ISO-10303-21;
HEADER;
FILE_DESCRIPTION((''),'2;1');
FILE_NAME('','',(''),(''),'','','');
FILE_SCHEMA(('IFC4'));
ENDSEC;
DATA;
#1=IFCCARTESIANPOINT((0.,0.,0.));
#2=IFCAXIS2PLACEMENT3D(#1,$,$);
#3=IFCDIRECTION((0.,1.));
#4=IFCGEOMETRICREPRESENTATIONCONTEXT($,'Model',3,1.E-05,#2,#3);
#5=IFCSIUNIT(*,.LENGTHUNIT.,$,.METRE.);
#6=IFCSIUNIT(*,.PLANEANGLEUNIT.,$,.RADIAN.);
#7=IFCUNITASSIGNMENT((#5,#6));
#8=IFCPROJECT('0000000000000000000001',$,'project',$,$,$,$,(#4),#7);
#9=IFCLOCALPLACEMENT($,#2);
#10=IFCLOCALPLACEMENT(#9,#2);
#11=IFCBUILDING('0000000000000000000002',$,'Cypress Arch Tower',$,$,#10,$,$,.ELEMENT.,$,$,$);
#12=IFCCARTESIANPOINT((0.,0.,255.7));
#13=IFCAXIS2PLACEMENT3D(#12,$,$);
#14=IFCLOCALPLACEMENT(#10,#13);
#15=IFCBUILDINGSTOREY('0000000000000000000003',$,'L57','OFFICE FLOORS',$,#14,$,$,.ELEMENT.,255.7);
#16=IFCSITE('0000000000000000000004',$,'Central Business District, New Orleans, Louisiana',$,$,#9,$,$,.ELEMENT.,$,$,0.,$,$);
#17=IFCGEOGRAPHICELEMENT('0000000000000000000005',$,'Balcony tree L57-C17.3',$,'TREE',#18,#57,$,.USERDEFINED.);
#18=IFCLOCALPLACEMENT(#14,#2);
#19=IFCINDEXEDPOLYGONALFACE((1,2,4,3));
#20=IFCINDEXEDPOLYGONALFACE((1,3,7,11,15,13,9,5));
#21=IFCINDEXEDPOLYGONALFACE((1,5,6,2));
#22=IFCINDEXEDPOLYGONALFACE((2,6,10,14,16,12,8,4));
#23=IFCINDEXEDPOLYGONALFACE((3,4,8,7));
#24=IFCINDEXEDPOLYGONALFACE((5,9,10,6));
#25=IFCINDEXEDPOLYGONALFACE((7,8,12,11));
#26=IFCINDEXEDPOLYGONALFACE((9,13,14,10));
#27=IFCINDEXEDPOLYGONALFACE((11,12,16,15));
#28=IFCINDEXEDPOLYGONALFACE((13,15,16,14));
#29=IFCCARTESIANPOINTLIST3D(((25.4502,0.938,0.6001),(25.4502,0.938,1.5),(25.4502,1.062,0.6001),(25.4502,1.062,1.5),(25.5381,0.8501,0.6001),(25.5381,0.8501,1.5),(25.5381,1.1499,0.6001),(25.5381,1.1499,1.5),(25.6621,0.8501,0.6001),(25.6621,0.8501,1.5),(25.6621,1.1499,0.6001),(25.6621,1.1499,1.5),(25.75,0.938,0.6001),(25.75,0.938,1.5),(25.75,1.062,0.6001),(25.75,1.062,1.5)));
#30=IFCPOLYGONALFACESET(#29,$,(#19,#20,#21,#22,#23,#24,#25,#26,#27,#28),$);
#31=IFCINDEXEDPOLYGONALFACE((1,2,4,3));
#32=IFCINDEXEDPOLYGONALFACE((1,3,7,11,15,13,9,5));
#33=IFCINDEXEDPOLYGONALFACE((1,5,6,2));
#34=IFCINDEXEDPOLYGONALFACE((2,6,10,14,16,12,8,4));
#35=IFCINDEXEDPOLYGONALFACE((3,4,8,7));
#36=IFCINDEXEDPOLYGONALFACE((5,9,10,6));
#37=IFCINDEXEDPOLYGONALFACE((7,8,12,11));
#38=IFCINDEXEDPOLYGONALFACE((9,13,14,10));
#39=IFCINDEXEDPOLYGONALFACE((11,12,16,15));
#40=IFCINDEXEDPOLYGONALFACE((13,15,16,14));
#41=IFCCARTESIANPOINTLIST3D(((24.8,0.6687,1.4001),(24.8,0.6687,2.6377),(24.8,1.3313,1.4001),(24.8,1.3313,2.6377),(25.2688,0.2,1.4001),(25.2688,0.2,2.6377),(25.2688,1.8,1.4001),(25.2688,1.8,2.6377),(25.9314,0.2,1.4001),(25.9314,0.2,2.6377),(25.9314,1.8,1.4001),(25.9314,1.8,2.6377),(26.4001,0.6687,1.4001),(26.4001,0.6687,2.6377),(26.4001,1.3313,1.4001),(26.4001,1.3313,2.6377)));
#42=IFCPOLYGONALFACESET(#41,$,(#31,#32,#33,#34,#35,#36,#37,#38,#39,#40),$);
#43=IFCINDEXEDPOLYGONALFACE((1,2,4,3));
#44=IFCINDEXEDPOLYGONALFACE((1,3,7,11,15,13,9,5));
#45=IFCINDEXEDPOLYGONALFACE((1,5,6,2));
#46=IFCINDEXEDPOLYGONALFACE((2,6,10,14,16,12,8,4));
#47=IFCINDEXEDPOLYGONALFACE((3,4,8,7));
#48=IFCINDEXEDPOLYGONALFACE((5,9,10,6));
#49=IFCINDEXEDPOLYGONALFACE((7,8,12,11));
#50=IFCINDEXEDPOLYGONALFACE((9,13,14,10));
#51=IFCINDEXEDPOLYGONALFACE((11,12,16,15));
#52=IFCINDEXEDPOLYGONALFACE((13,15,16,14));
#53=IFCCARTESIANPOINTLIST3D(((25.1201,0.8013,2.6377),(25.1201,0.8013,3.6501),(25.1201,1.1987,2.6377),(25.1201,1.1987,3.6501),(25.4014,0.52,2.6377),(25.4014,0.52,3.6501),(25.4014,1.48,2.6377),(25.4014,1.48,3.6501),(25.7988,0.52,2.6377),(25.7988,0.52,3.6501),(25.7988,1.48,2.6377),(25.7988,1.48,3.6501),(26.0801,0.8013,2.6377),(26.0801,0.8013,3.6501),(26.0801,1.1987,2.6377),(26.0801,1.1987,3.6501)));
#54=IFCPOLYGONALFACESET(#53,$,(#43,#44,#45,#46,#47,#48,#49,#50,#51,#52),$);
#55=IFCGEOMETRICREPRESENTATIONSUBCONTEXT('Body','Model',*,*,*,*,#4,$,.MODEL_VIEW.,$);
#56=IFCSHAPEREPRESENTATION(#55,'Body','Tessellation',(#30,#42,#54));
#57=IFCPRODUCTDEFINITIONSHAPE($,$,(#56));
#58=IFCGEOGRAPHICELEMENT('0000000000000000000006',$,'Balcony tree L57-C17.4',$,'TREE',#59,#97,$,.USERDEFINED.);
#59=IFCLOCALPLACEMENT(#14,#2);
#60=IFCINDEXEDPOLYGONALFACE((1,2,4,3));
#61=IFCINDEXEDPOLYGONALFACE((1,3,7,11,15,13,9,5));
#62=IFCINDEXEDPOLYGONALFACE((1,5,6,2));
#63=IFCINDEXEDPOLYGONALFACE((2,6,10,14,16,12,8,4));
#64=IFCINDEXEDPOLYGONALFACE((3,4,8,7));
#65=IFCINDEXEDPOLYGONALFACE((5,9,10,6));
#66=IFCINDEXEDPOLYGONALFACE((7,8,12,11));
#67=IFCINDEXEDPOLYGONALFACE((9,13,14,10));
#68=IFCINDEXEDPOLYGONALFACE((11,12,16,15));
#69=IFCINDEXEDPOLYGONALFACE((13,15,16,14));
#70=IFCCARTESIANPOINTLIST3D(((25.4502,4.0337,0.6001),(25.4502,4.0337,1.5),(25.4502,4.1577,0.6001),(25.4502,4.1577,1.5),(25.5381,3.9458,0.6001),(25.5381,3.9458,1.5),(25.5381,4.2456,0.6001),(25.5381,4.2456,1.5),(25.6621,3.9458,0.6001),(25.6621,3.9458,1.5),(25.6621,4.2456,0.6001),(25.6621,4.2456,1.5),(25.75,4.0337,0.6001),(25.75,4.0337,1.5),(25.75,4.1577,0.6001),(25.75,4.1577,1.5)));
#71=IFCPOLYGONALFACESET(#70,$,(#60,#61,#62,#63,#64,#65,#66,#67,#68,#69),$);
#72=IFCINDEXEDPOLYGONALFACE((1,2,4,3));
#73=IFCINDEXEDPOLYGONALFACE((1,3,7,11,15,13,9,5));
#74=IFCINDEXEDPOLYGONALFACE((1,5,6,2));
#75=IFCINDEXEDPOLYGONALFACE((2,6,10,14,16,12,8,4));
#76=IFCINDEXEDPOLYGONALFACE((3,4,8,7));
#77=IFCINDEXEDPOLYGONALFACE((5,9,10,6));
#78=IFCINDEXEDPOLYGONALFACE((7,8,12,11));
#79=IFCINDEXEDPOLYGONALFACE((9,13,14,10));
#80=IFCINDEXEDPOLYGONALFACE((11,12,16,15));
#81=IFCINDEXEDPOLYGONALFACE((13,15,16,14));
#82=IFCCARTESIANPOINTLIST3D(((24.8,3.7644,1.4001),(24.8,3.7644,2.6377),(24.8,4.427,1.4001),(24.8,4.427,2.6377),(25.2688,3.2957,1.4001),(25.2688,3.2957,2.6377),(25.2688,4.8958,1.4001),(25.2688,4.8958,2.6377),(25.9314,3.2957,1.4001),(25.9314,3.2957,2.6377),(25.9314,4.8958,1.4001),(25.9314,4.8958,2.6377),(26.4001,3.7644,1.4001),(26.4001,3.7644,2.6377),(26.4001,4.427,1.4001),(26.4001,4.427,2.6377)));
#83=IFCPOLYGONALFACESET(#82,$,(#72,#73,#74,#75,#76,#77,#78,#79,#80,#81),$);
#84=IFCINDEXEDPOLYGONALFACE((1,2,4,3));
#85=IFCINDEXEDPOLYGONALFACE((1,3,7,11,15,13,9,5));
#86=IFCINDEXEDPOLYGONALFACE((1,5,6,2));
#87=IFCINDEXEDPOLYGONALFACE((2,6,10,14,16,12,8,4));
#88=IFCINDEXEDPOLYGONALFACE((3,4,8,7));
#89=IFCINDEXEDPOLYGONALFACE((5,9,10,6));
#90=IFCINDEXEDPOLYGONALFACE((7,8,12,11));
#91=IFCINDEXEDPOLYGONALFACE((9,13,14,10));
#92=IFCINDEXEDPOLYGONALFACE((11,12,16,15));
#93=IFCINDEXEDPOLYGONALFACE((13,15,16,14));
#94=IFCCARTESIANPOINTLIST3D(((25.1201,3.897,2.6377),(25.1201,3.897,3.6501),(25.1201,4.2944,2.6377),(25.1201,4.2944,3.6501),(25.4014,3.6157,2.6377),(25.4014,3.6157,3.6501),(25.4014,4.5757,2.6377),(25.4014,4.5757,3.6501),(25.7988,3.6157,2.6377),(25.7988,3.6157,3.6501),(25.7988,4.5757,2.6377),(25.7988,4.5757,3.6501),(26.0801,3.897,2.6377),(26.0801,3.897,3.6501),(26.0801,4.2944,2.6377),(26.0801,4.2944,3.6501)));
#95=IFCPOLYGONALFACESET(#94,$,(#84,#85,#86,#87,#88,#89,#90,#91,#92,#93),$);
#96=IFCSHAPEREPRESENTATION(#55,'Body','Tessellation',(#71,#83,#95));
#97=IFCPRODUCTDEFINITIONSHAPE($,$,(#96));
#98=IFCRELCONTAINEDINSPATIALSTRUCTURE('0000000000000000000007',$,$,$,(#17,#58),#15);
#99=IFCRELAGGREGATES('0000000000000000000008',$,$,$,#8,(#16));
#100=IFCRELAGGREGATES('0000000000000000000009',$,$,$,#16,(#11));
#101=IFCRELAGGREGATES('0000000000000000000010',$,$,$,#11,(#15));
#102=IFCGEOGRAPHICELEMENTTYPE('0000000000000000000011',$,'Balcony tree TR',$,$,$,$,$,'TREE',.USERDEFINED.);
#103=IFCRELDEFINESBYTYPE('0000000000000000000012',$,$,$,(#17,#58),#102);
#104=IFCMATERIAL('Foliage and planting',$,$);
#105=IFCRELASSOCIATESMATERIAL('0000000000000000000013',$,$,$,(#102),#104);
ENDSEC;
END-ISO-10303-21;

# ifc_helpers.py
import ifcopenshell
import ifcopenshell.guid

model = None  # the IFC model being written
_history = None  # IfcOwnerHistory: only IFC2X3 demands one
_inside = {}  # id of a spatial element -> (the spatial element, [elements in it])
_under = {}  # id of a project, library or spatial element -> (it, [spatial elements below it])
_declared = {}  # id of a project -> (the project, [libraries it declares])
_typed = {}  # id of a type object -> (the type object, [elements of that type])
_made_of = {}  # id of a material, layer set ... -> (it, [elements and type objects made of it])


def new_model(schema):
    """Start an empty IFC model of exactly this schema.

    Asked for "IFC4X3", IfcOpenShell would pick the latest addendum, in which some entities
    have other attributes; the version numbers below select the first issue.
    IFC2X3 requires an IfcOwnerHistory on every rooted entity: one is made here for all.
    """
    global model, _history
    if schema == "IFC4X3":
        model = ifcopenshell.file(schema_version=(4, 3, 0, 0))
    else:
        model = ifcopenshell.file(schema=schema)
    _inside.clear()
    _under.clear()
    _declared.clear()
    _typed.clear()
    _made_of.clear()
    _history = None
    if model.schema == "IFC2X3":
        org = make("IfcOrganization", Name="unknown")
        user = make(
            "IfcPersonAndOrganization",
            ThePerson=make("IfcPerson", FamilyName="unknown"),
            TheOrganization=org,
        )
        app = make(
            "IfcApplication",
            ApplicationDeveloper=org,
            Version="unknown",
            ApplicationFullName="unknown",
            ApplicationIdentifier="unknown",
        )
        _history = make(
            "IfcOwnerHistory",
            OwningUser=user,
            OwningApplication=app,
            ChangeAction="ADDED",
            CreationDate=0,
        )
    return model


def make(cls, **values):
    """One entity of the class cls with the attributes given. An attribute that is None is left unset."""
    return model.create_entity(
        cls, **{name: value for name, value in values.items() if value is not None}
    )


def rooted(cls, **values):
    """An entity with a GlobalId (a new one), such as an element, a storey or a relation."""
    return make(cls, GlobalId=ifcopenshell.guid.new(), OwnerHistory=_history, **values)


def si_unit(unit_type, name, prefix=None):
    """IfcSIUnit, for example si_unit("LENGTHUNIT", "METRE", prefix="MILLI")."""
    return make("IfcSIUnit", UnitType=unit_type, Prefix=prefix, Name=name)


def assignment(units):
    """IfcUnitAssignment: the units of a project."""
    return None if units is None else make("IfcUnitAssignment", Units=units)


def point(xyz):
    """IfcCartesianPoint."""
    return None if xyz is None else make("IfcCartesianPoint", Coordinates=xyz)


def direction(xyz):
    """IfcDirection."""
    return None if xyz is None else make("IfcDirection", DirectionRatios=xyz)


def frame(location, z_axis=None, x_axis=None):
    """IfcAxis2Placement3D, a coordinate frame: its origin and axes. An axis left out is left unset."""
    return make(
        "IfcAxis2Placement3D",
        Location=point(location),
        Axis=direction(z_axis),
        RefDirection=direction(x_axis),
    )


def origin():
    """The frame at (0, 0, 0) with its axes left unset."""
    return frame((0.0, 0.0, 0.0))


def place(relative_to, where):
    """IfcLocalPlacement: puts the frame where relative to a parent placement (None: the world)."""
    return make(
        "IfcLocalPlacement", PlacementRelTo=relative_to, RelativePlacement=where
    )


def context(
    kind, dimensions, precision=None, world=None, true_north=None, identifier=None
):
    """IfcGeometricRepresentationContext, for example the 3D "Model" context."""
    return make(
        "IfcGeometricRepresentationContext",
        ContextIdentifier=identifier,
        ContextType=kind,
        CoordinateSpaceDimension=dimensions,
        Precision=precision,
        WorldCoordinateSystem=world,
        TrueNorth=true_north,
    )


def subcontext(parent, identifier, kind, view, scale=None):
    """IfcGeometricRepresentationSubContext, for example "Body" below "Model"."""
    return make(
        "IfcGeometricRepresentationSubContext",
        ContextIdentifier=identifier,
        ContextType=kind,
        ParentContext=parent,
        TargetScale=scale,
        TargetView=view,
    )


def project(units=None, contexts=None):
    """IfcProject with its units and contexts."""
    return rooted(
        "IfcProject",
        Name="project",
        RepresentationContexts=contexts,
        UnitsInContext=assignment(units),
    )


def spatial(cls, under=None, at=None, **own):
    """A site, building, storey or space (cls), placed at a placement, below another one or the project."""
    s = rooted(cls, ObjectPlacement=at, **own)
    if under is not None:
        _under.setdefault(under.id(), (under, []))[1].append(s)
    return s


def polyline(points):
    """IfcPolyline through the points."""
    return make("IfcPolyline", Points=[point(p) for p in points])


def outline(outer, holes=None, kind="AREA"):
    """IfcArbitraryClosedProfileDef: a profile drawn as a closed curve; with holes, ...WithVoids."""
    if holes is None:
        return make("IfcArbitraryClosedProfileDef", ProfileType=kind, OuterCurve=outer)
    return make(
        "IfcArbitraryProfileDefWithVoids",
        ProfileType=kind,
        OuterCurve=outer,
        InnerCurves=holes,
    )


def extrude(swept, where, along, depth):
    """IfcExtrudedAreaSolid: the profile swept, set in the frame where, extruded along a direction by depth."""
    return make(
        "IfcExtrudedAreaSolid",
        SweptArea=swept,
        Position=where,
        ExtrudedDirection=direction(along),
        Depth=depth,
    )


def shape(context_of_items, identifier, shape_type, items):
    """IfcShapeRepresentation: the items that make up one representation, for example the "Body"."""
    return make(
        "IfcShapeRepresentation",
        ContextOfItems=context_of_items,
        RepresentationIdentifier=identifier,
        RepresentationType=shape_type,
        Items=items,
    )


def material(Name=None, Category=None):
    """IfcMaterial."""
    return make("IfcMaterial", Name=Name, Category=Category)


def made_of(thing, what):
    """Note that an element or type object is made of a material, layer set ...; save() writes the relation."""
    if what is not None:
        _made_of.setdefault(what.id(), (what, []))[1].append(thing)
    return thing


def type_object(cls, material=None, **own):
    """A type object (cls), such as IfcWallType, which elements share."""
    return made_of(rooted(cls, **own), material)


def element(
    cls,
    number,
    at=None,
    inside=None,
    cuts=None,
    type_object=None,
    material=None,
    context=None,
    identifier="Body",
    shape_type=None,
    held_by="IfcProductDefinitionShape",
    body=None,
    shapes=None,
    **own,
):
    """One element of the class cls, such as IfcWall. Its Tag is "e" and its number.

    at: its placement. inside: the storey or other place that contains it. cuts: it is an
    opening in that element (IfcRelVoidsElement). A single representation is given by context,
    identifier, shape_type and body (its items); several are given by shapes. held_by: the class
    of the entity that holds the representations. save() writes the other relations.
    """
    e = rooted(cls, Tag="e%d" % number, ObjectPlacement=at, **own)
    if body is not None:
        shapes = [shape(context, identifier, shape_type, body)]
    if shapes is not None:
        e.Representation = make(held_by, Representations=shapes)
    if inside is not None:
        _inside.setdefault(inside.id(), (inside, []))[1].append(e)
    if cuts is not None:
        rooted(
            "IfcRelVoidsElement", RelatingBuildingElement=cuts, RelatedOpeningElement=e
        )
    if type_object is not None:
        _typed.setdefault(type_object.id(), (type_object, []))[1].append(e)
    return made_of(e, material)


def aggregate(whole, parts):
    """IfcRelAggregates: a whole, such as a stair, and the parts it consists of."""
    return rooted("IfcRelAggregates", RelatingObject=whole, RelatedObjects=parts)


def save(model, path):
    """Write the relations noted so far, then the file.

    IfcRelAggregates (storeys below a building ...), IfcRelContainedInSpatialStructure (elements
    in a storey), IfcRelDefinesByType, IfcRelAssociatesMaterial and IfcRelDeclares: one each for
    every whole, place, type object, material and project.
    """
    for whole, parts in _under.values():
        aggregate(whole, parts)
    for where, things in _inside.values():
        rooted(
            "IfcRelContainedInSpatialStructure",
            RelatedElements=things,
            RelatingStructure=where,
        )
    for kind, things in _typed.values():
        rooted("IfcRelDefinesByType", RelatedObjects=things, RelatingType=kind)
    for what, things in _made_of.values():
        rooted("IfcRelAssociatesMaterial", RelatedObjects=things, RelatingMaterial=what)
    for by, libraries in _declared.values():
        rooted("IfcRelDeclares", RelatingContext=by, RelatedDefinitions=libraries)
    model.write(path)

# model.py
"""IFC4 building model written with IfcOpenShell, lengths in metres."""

from ifc_helpers import new_model, si_unit, direction, frame, origin, place, context, subcontext, project, spatial, polyline, outline, extrude, material, type_object, element, save


model = new_model("IFC4")

# Units and contexts
model_context = context("Model", 3, precision=1e-05, world=origin(), true_north=direction((0.0, 1.0)))
body_context = subcontext(model_context, "Body", "Model", "MODEL_VIEW")
ifc_project = project(units=[si_unit("LENGTHUNIT", "METRE"), si_unit("PLANEANGLEUNIT", "RADIAN")], contexts=[model_context])

# Site, building, storey
site_placement = place(None, origin())
site = spatial("IfcSite", under=ifc_project, at=site_placement, Name="Central Business District, New Orleans, Louisiana", CompositionType="ELEMENT", RefElevation=0.0)
building_placement = place(site_placement, origin())
building = spatial("IfcBuilding", under=site, at=building_placement, Name="Cypress Arch Tower", CompositionType="ELEMENT")
storey_placement = place(building_placement, frame((0.0, 0.0, 255.7)))
storey = spatial("IfcBuildingStorey", under=building, at=storey_placement, Name="L57", Description="OFFICE FLOORS", CompositionType="ELEMENT", Elevation=255.7)

# Geographic elements
ifc_material_1 = material(Name="Foliage and planting")
geographic_element_type = type_object("IfcGeographicElementType", Name="Balcony tree TR", ElementType="TREE", PredefinedType="USERDEFINED", material=ifc_material_1)
for number, where, z_axis, x_axis, name in (
    (1, (25.6001, 1.0, 0.6001), (0.0, 0.0, 1.0), (1.0, 0.0, 0.0), "Balcony tree L57-C17.3"),
    (2, (25.6001, 4.0957, 0.6001), (0.0, 0.0, 1.0), (1.0, 0.0, 0.0), "Balcony tree L57-C17.4"),
):
    element("IfcGeographicElement", number, at=place(storey_placement, frame(where, z_axis=z_axis, x_axis=x_axis)), inside=storey, type_object=geographic_element_type, Name=name, ObjectType="TREE", PredefinedType="USERDEFINED", context=body_context, shape_type="SweptSolid", body=[
        extrude(outline(polyline([(0.1499, 0.062), (0.062, 0.1499), (-0.062, 0.1499), (-0.1499, 0.062), (-0.1499, -0.062), (-0.062, -0.1499), (0.062, -0.1499), (0.1499, -0.062), (0.1499, 0.062)])), origin(), (0.0, 0.0, 1.0), 0.8999),
        extrude(outline(polyline([(0.8, 0.3313), (0.3313, 0.8), (-0.3313, 0.8), (-0.8, 0.3313), (-0.8, -0.3313), (-0.3313, -0.8), (0.3313, -0.8), (0.8, -0.3313), (0.8, 0.3313)])), frame((0.0, 0.0, 0.8)), (0.0, 0.0, 1.0), 1.2375),
        extrude(outline(polyline([(0.48, 0.1987), (0.1987, 0.48), (-0.1987, 0.48), (-0.48, 0.1987), (-0.48, -0.1987), (-0.1987, -0.48), (0.1987, -0.48), (0.48, -0.1987), (0.48, 0.1987)])), frame((0.0, 0.0, 2.0376)), (0.0, 0.0, 1.0), 1.0125),
    ])

save(model, "model.ifc")
